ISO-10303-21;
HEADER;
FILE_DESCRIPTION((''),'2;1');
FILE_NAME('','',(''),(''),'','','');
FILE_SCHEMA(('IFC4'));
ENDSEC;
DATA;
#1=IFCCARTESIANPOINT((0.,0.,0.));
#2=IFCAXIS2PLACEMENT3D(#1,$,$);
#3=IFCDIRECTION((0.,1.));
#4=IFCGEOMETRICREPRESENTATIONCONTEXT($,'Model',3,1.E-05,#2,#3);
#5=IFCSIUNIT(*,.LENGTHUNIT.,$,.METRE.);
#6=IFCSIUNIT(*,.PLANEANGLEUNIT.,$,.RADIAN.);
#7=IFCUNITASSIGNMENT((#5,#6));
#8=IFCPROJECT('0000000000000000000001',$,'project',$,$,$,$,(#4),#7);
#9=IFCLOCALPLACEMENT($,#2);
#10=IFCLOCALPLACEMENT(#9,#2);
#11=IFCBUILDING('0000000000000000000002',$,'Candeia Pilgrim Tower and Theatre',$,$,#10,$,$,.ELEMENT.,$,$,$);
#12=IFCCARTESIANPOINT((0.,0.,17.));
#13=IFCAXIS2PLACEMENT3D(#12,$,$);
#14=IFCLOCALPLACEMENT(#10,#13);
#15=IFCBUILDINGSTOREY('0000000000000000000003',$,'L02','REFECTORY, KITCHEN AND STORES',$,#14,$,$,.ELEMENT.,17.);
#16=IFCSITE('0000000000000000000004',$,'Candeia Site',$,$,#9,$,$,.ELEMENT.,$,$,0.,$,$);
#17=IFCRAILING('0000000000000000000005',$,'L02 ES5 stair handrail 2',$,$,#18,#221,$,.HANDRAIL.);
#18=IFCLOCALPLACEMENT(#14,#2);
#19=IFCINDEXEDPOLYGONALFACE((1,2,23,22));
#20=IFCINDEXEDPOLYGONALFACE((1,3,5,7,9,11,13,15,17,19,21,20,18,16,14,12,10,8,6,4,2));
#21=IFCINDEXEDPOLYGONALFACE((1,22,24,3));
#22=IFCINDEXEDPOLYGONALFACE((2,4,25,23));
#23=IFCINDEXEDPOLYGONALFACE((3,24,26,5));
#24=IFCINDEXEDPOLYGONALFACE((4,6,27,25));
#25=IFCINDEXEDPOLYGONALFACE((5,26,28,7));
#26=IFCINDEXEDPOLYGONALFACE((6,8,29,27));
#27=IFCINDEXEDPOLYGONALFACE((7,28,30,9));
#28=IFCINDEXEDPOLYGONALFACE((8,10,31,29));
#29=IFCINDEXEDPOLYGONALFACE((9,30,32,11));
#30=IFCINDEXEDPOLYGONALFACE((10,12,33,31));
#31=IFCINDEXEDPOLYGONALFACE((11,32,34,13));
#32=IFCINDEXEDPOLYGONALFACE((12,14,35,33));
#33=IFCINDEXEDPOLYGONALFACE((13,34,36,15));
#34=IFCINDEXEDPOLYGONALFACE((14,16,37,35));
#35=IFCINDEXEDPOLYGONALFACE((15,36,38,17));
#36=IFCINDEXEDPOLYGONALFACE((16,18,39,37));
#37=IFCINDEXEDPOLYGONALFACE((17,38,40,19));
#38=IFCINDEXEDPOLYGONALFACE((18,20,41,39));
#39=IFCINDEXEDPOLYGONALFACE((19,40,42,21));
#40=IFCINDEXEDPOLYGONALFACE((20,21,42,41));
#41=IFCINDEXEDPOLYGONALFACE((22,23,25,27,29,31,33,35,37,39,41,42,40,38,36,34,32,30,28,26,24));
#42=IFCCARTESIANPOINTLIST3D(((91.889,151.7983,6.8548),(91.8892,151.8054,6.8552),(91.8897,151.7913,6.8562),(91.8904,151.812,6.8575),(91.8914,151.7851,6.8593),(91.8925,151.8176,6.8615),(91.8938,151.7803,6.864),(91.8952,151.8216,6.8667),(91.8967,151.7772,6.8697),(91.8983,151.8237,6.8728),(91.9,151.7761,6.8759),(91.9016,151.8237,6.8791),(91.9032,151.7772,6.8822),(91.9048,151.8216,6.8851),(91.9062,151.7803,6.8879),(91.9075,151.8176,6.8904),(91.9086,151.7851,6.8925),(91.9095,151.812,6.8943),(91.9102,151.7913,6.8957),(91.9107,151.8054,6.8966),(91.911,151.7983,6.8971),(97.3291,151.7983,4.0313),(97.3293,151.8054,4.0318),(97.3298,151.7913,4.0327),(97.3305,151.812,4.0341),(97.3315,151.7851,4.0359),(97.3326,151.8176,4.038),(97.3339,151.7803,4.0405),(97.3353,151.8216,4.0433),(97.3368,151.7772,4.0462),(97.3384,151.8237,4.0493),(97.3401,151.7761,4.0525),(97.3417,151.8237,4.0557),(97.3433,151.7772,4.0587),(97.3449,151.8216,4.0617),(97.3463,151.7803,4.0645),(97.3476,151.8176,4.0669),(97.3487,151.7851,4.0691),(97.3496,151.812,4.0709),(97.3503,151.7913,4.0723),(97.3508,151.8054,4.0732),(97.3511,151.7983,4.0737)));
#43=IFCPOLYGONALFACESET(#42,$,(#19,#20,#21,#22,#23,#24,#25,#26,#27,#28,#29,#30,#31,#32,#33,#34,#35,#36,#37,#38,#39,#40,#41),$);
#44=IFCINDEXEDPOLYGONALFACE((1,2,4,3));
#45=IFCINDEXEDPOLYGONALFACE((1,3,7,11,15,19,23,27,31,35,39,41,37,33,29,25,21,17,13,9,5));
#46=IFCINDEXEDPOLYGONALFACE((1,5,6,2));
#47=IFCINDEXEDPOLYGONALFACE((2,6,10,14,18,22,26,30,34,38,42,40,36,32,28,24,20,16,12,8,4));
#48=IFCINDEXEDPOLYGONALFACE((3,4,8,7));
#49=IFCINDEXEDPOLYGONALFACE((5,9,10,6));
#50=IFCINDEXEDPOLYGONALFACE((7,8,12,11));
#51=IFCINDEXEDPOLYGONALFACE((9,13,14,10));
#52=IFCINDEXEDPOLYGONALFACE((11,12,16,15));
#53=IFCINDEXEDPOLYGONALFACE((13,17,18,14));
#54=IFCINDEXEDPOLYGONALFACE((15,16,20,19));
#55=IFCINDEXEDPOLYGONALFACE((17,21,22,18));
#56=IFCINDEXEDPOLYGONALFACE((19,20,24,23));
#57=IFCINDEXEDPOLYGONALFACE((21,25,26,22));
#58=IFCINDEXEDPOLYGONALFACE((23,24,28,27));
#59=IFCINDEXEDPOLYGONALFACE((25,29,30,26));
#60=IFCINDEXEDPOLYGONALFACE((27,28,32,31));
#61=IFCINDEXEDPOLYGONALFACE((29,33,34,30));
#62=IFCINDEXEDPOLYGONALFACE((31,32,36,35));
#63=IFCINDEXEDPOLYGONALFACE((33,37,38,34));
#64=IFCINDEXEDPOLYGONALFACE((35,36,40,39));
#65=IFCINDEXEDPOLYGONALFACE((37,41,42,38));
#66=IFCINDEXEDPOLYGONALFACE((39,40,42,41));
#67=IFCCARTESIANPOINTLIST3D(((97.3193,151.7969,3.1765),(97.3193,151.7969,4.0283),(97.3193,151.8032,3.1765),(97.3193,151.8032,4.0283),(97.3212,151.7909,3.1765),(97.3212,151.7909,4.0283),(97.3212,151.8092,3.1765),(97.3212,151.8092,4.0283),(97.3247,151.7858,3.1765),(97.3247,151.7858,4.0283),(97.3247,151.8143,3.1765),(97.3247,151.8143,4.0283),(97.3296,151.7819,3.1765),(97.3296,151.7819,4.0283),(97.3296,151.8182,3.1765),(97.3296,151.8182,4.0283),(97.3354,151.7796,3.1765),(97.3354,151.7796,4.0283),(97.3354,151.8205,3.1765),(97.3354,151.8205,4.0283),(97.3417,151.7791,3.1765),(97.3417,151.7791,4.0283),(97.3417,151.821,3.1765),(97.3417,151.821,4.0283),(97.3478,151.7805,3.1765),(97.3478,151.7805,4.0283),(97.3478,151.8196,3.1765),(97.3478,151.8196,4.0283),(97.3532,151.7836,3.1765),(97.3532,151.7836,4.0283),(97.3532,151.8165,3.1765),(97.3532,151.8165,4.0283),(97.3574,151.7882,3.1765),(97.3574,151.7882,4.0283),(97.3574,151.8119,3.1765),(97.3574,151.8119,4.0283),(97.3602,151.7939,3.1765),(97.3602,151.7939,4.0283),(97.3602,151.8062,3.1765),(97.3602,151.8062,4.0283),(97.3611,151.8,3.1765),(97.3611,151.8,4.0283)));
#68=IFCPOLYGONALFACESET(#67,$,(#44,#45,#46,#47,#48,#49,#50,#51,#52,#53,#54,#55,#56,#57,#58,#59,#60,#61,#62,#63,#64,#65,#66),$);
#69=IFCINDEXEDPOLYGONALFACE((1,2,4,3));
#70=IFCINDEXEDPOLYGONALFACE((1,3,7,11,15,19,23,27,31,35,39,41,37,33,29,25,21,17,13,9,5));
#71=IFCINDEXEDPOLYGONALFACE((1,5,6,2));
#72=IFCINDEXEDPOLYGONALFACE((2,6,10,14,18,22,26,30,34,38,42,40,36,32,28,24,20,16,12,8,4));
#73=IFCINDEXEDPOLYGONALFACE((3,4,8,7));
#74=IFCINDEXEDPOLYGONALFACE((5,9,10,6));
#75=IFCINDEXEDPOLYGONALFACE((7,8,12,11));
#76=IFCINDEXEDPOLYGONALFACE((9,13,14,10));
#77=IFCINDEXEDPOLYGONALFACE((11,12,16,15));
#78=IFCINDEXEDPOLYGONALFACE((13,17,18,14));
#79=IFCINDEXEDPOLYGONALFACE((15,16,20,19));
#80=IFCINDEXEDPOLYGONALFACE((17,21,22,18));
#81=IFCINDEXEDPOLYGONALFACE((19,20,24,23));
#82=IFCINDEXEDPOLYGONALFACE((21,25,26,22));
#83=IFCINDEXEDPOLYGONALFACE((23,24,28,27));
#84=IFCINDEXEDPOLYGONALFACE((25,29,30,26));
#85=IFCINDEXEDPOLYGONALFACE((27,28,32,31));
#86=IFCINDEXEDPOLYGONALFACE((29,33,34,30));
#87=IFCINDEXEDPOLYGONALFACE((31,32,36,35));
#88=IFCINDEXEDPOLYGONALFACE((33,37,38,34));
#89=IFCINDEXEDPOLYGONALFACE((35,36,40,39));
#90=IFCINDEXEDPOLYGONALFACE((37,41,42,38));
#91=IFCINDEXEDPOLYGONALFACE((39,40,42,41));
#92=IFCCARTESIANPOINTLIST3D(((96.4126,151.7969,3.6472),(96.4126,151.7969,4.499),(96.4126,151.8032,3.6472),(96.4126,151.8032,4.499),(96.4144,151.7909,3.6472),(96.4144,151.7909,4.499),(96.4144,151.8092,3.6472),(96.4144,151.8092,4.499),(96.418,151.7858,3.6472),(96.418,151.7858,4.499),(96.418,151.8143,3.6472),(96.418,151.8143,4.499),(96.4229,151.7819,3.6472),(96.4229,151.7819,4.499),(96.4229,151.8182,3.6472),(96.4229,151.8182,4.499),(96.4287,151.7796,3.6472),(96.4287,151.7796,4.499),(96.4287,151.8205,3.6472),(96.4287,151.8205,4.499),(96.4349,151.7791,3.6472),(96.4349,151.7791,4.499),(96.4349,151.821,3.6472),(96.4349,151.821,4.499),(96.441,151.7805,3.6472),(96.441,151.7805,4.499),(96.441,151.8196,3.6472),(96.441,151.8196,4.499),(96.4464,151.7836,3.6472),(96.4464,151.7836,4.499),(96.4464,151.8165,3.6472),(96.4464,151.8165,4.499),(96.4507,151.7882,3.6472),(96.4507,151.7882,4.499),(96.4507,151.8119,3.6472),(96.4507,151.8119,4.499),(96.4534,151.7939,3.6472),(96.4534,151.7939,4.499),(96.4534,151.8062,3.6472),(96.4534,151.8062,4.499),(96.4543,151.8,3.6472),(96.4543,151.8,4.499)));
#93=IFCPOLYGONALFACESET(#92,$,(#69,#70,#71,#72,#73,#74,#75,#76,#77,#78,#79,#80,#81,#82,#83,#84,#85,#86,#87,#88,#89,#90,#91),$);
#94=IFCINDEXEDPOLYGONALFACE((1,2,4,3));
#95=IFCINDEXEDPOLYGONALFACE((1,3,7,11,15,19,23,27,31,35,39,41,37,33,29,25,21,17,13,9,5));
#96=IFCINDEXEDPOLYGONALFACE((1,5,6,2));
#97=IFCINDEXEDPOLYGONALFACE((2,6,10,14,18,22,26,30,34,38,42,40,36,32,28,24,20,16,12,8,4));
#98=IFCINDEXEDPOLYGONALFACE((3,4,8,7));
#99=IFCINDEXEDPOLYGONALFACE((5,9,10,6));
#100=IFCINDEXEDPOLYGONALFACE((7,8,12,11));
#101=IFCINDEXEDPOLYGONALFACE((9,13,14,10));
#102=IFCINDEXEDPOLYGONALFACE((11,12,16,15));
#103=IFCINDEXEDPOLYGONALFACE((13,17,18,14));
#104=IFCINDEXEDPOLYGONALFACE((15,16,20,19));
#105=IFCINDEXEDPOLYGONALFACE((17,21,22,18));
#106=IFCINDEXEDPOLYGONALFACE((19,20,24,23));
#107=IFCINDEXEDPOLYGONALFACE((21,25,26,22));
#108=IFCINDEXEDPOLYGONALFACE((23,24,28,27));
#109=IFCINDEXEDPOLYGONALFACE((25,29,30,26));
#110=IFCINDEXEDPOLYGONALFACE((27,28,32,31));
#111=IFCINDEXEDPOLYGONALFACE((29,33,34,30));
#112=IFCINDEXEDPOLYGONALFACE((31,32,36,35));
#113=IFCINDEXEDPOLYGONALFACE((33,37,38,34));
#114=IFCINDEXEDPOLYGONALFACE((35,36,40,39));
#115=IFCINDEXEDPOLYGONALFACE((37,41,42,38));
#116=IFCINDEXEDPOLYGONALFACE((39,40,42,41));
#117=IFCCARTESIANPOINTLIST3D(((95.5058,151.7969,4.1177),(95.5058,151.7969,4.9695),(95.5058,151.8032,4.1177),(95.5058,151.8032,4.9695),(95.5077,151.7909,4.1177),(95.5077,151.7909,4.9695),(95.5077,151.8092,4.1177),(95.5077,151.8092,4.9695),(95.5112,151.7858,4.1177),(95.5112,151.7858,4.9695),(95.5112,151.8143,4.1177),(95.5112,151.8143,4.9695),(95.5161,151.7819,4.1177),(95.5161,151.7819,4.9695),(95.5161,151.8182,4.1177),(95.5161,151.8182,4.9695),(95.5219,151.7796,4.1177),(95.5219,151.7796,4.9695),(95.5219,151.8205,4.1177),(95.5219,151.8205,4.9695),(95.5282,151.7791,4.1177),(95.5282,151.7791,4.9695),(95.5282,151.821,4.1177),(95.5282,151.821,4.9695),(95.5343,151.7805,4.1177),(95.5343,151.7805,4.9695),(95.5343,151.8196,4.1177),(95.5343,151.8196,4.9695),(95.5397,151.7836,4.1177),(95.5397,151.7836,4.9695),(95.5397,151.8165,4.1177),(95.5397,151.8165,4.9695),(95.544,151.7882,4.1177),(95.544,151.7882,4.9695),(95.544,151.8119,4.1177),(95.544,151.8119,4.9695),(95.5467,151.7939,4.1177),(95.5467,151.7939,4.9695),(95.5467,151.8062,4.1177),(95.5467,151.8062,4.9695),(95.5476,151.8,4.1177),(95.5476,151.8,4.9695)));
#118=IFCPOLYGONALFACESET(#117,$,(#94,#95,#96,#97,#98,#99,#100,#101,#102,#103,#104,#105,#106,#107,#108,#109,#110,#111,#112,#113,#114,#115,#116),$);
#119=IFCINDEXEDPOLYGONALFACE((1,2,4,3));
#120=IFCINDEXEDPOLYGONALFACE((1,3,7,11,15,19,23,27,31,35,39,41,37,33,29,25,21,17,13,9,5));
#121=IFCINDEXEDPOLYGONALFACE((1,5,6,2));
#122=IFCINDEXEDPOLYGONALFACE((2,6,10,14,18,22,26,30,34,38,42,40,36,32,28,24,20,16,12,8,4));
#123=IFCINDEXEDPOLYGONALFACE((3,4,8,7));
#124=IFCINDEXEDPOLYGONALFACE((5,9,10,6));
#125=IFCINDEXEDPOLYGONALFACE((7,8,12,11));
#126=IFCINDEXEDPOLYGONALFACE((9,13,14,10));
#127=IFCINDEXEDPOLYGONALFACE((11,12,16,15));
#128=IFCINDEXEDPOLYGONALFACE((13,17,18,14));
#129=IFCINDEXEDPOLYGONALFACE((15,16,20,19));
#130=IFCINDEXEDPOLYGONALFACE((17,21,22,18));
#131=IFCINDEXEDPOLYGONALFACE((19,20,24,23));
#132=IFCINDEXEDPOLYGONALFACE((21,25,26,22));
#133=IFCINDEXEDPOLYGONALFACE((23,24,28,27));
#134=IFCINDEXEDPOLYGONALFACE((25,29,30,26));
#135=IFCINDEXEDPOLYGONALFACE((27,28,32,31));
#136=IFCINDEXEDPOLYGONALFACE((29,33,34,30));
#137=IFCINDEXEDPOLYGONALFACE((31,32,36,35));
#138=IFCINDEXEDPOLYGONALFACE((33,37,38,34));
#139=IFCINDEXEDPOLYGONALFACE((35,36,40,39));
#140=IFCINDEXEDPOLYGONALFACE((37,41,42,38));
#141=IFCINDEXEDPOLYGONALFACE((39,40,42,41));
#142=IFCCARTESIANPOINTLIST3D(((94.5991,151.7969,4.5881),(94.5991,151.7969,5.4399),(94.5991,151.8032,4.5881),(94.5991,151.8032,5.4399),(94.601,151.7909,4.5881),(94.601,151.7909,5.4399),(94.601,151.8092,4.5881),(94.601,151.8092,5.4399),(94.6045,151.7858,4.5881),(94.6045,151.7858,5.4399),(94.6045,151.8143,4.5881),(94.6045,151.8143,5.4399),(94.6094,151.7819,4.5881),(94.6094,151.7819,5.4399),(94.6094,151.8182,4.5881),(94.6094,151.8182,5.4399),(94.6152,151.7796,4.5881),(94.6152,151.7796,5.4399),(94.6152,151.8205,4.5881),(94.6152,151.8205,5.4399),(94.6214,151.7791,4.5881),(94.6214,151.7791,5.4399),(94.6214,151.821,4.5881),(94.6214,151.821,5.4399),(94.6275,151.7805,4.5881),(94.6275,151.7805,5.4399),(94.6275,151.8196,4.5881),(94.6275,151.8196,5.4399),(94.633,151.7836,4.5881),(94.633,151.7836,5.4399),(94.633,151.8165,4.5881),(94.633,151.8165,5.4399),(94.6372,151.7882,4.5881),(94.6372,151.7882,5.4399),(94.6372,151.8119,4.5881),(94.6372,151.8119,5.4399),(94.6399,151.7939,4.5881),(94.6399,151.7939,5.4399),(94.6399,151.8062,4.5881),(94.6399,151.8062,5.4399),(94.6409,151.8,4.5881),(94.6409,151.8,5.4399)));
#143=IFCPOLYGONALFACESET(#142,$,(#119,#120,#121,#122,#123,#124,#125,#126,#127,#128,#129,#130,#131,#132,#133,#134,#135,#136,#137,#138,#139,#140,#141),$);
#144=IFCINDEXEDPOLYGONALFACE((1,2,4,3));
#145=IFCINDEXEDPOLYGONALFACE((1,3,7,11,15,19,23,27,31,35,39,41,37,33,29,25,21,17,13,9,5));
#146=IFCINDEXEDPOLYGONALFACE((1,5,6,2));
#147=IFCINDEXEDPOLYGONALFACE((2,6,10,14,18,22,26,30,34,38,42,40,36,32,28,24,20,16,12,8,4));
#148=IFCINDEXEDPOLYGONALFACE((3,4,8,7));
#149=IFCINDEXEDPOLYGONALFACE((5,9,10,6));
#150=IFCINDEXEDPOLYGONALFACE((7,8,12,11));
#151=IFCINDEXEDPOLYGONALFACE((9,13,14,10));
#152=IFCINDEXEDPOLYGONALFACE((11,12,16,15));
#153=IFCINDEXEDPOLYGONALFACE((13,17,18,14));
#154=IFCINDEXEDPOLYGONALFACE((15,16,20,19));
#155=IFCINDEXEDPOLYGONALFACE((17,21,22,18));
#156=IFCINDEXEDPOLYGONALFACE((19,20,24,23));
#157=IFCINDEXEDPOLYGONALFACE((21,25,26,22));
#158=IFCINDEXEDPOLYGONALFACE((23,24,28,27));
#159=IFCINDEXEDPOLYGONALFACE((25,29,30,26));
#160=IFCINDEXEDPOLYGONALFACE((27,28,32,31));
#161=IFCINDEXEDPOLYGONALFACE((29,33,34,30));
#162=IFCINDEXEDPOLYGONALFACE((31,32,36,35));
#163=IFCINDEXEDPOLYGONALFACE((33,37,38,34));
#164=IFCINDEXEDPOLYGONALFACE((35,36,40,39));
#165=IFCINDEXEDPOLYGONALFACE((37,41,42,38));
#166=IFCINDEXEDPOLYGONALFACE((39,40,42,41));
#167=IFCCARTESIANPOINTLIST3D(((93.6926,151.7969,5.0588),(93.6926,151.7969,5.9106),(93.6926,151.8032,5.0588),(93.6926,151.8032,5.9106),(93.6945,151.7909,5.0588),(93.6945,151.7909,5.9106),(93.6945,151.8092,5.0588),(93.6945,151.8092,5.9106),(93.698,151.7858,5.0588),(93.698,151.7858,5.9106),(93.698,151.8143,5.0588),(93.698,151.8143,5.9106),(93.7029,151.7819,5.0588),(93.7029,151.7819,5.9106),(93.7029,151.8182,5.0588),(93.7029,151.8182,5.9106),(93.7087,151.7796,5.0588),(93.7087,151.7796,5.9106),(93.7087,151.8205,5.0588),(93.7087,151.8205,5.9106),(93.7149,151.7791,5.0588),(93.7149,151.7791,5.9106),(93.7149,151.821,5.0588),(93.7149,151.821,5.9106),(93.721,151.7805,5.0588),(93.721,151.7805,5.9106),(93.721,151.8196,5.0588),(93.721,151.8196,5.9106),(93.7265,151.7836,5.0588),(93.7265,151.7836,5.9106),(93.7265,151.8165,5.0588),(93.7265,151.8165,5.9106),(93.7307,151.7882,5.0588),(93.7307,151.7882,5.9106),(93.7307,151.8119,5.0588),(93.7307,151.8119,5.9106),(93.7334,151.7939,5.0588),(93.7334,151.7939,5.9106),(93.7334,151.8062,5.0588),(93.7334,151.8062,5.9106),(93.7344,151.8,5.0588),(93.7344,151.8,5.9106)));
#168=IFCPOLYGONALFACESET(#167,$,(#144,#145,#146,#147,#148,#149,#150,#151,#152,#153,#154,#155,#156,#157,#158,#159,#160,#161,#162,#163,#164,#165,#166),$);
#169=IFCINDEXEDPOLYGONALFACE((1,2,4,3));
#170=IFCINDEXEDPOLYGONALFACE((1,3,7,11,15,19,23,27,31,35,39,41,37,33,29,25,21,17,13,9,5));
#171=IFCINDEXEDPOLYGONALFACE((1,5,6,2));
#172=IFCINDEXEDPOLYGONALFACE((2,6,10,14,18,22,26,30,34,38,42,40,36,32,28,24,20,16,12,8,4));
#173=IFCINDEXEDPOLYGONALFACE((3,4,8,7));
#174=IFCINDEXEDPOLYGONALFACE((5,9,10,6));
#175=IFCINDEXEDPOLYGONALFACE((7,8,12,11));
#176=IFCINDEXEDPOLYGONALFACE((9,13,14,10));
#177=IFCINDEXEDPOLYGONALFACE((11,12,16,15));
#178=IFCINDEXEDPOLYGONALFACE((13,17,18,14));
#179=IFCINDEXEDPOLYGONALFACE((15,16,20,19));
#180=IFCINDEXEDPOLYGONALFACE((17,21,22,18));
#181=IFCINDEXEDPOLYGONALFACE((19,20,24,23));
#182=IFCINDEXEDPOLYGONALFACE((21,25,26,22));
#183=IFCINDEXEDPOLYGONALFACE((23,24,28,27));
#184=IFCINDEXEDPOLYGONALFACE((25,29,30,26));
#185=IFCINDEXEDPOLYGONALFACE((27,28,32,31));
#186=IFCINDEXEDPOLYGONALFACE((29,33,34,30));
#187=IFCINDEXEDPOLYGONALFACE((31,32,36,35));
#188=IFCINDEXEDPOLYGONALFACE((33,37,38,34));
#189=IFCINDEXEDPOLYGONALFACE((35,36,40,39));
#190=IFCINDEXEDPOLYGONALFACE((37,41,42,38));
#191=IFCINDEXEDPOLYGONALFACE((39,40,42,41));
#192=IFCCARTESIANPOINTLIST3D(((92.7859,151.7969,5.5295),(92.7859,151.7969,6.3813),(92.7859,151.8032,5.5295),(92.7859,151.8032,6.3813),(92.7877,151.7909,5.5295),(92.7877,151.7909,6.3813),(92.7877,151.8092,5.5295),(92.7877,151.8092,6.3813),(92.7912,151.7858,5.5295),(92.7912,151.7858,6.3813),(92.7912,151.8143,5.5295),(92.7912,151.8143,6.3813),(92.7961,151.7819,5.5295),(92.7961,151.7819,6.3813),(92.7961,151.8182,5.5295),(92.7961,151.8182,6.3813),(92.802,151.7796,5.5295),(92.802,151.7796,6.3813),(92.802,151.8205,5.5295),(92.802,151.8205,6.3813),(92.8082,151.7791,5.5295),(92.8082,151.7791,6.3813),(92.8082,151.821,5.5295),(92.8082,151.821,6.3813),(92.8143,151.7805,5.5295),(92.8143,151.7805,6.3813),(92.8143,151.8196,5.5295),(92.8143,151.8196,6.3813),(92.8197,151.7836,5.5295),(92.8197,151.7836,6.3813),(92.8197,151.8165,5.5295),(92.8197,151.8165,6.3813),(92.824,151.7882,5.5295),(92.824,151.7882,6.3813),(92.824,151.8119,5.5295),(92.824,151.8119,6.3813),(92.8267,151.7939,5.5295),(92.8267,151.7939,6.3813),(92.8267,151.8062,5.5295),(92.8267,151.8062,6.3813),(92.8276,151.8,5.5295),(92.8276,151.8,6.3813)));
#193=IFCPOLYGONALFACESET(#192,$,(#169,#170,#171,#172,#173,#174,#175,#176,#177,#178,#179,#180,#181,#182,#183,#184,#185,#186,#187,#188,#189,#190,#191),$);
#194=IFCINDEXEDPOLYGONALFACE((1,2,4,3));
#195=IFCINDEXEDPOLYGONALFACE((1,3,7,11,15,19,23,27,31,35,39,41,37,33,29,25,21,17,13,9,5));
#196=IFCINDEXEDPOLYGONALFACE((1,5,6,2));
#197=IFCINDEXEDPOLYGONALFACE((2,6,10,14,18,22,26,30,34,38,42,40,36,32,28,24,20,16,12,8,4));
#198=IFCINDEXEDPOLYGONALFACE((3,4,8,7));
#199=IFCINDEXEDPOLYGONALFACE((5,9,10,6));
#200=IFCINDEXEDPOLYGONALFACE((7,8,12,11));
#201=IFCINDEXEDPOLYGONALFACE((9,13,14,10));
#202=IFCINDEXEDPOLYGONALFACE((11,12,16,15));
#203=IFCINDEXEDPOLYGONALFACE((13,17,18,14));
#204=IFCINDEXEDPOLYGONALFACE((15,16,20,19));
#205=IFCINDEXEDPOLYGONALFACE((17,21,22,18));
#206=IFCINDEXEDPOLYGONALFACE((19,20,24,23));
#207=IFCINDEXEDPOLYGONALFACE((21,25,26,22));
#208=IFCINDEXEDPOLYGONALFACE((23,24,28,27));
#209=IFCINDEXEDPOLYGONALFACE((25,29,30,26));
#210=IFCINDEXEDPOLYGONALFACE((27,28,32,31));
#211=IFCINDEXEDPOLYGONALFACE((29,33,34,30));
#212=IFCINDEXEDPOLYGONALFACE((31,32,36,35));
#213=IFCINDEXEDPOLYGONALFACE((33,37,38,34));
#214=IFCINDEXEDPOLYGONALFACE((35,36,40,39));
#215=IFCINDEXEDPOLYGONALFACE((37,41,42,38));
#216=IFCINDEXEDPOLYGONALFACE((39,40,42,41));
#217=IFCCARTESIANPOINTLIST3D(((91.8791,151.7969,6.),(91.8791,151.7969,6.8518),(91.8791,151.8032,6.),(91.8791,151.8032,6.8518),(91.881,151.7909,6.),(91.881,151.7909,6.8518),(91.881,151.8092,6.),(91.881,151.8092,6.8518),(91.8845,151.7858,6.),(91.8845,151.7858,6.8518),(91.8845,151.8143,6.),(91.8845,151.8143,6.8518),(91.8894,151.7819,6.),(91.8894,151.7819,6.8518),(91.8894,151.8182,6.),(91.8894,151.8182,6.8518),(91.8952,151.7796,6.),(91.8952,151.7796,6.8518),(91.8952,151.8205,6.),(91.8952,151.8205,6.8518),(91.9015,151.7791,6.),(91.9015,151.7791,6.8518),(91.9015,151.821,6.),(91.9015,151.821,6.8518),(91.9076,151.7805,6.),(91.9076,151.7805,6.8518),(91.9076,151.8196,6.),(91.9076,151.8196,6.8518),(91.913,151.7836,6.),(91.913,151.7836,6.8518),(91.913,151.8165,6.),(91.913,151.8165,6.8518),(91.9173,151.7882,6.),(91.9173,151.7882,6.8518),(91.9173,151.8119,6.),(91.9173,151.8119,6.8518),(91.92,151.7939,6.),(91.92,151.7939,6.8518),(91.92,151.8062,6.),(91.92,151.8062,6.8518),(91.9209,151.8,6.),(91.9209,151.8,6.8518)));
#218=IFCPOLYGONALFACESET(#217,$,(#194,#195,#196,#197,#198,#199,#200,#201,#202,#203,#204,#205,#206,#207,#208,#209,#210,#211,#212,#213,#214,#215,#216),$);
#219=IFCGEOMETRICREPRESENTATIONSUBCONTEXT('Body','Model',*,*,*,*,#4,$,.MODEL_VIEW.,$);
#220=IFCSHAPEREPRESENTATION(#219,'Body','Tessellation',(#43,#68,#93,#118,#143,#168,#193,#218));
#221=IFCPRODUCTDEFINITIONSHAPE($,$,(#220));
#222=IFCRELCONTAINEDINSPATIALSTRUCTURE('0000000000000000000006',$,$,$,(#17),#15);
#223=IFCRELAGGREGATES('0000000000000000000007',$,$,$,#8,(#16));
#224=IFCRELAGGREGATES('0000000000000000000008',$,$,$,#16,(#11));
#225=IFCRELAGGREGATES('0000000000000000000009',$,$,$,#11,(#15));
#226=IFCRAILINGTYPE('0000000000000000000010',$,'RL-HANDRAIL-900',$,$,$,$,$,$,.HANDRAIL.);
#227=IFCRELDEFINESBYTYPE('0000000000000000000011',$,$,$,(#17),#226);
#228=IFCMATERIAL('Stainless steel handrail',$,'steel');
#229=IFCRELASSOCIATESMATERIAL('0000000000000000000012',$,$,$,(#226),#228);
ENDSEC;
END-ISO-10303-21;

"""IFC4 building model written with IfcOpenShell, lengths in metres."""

from ifc_helpers import new_model, si_unit, direction, frame, origin, origin_2d, place, context, subcontext, project, spatial, circle, extrude, material, type_object, element, save


model = new_model("IFC4")

# Units and contexts
model_context = context("Model", 3, precision=1e-05, world=origin(), true_north=direction((0.0, 1.0)))
body_context = subcontext(model_context, "Body", "Model", "MODEL_VIEW")
ifc_project = project(units=[si_unit("LENGTHUNIT", "METRE"), si_unit("PLANEANGLEUNIT", "RADIAN")], contexts=[model_context])

# Site, building, storey
site_placement = place(None, origin())
site = spatial("IfcSite", under=ifc_project, at=site_placement, Name="Candeia Site", CompositionType="ELEMENT", RefElevation=0.0)
building_placement = place(site_placement, origin())
building = spatial("IfcBuilding", under=site, at=building_placement, Name="Candeia Pilgrim Tower and Theatre", CompositionType="ELEMENT")
storey_placement = place(building_placement, frame((0.0, 0.0, 17.0)))
storey = spatial("IfcBuildingStorey", under=building, at=storey_placement, Name="L02", Description="REFECTORY, KITCHEN AND STORES", CompositionType="ELEMENT", Elevation=17.0)

# Railing
ifc_material_1 = material(Name="Stainless steel handrail", Category="steel")
railing_type_1 = type_object("IfcRailingType", Name="RL-HANDRAIL-900", PredefinedType="HANDRAIL", material=ifc_material_1)
railing_1_placement = place(storey_placement, frame((97.3401, 151.8, 3.1765)))
element("IfcRailing", 1, at=railing_1_placement, inside=storey, type_object=railing_type_1, Name="L02 ES5 stair handrail 2", PredefinedType="HANDRAIL", context=body_context, shape_type="SweptSolid", body=[
    extrude(circle(Radius=0.0239, at=origin_2d()), frame((0.0, 0.0, 0.876), z_axis=(-0.887578, 0.0, 0.460658), x_axis=(0.0, -1.0, 0.0)), (0.0, 0.0, 1.0), 6.1292),
    extrude(circle(Radius=0.021, at=origin_2d()), origin(), (0.0, 0.0, 1.0), 0.8518),
    extrude(circle(Radius=0.021, at=origin_2d()), frame((-0.9067, 0.0, 0.4707)), (0.0, 0.0, 1.0), 0.8518),
    extrude(circle(Radius=0.021, at=origin_2d()), frame((-1.8135, 0.0, 0.9412)), (0.0, 0.0, 1.0), 0.8518),
    extrude(circle(Radius=0.021, at=origin_2d()), frame((-2.7202, 0.0, 1.4116)), (0.0, 0.0, 1.0), 0.8518),
    extrude(circle(Radius=0.021, at=origin_2d()), frame((-3.6267, 0.0, 1.8823)), (0.0, 0.0, 1.0), 0.8518),
    extrude(circle(Radius=0.021, at=origin_2d()), frame((-4.5334, 0.0, 2.353)), (0.0, 0.0, 1.0), 0.8518),
    extrude(circle(Radius=0.021, at=origin_2d()), frame((-5.4402, 0.0, 2.8235)), (0.0, 0.0, 1.0), 0.8518),
])

save(model, "model.ifc")
